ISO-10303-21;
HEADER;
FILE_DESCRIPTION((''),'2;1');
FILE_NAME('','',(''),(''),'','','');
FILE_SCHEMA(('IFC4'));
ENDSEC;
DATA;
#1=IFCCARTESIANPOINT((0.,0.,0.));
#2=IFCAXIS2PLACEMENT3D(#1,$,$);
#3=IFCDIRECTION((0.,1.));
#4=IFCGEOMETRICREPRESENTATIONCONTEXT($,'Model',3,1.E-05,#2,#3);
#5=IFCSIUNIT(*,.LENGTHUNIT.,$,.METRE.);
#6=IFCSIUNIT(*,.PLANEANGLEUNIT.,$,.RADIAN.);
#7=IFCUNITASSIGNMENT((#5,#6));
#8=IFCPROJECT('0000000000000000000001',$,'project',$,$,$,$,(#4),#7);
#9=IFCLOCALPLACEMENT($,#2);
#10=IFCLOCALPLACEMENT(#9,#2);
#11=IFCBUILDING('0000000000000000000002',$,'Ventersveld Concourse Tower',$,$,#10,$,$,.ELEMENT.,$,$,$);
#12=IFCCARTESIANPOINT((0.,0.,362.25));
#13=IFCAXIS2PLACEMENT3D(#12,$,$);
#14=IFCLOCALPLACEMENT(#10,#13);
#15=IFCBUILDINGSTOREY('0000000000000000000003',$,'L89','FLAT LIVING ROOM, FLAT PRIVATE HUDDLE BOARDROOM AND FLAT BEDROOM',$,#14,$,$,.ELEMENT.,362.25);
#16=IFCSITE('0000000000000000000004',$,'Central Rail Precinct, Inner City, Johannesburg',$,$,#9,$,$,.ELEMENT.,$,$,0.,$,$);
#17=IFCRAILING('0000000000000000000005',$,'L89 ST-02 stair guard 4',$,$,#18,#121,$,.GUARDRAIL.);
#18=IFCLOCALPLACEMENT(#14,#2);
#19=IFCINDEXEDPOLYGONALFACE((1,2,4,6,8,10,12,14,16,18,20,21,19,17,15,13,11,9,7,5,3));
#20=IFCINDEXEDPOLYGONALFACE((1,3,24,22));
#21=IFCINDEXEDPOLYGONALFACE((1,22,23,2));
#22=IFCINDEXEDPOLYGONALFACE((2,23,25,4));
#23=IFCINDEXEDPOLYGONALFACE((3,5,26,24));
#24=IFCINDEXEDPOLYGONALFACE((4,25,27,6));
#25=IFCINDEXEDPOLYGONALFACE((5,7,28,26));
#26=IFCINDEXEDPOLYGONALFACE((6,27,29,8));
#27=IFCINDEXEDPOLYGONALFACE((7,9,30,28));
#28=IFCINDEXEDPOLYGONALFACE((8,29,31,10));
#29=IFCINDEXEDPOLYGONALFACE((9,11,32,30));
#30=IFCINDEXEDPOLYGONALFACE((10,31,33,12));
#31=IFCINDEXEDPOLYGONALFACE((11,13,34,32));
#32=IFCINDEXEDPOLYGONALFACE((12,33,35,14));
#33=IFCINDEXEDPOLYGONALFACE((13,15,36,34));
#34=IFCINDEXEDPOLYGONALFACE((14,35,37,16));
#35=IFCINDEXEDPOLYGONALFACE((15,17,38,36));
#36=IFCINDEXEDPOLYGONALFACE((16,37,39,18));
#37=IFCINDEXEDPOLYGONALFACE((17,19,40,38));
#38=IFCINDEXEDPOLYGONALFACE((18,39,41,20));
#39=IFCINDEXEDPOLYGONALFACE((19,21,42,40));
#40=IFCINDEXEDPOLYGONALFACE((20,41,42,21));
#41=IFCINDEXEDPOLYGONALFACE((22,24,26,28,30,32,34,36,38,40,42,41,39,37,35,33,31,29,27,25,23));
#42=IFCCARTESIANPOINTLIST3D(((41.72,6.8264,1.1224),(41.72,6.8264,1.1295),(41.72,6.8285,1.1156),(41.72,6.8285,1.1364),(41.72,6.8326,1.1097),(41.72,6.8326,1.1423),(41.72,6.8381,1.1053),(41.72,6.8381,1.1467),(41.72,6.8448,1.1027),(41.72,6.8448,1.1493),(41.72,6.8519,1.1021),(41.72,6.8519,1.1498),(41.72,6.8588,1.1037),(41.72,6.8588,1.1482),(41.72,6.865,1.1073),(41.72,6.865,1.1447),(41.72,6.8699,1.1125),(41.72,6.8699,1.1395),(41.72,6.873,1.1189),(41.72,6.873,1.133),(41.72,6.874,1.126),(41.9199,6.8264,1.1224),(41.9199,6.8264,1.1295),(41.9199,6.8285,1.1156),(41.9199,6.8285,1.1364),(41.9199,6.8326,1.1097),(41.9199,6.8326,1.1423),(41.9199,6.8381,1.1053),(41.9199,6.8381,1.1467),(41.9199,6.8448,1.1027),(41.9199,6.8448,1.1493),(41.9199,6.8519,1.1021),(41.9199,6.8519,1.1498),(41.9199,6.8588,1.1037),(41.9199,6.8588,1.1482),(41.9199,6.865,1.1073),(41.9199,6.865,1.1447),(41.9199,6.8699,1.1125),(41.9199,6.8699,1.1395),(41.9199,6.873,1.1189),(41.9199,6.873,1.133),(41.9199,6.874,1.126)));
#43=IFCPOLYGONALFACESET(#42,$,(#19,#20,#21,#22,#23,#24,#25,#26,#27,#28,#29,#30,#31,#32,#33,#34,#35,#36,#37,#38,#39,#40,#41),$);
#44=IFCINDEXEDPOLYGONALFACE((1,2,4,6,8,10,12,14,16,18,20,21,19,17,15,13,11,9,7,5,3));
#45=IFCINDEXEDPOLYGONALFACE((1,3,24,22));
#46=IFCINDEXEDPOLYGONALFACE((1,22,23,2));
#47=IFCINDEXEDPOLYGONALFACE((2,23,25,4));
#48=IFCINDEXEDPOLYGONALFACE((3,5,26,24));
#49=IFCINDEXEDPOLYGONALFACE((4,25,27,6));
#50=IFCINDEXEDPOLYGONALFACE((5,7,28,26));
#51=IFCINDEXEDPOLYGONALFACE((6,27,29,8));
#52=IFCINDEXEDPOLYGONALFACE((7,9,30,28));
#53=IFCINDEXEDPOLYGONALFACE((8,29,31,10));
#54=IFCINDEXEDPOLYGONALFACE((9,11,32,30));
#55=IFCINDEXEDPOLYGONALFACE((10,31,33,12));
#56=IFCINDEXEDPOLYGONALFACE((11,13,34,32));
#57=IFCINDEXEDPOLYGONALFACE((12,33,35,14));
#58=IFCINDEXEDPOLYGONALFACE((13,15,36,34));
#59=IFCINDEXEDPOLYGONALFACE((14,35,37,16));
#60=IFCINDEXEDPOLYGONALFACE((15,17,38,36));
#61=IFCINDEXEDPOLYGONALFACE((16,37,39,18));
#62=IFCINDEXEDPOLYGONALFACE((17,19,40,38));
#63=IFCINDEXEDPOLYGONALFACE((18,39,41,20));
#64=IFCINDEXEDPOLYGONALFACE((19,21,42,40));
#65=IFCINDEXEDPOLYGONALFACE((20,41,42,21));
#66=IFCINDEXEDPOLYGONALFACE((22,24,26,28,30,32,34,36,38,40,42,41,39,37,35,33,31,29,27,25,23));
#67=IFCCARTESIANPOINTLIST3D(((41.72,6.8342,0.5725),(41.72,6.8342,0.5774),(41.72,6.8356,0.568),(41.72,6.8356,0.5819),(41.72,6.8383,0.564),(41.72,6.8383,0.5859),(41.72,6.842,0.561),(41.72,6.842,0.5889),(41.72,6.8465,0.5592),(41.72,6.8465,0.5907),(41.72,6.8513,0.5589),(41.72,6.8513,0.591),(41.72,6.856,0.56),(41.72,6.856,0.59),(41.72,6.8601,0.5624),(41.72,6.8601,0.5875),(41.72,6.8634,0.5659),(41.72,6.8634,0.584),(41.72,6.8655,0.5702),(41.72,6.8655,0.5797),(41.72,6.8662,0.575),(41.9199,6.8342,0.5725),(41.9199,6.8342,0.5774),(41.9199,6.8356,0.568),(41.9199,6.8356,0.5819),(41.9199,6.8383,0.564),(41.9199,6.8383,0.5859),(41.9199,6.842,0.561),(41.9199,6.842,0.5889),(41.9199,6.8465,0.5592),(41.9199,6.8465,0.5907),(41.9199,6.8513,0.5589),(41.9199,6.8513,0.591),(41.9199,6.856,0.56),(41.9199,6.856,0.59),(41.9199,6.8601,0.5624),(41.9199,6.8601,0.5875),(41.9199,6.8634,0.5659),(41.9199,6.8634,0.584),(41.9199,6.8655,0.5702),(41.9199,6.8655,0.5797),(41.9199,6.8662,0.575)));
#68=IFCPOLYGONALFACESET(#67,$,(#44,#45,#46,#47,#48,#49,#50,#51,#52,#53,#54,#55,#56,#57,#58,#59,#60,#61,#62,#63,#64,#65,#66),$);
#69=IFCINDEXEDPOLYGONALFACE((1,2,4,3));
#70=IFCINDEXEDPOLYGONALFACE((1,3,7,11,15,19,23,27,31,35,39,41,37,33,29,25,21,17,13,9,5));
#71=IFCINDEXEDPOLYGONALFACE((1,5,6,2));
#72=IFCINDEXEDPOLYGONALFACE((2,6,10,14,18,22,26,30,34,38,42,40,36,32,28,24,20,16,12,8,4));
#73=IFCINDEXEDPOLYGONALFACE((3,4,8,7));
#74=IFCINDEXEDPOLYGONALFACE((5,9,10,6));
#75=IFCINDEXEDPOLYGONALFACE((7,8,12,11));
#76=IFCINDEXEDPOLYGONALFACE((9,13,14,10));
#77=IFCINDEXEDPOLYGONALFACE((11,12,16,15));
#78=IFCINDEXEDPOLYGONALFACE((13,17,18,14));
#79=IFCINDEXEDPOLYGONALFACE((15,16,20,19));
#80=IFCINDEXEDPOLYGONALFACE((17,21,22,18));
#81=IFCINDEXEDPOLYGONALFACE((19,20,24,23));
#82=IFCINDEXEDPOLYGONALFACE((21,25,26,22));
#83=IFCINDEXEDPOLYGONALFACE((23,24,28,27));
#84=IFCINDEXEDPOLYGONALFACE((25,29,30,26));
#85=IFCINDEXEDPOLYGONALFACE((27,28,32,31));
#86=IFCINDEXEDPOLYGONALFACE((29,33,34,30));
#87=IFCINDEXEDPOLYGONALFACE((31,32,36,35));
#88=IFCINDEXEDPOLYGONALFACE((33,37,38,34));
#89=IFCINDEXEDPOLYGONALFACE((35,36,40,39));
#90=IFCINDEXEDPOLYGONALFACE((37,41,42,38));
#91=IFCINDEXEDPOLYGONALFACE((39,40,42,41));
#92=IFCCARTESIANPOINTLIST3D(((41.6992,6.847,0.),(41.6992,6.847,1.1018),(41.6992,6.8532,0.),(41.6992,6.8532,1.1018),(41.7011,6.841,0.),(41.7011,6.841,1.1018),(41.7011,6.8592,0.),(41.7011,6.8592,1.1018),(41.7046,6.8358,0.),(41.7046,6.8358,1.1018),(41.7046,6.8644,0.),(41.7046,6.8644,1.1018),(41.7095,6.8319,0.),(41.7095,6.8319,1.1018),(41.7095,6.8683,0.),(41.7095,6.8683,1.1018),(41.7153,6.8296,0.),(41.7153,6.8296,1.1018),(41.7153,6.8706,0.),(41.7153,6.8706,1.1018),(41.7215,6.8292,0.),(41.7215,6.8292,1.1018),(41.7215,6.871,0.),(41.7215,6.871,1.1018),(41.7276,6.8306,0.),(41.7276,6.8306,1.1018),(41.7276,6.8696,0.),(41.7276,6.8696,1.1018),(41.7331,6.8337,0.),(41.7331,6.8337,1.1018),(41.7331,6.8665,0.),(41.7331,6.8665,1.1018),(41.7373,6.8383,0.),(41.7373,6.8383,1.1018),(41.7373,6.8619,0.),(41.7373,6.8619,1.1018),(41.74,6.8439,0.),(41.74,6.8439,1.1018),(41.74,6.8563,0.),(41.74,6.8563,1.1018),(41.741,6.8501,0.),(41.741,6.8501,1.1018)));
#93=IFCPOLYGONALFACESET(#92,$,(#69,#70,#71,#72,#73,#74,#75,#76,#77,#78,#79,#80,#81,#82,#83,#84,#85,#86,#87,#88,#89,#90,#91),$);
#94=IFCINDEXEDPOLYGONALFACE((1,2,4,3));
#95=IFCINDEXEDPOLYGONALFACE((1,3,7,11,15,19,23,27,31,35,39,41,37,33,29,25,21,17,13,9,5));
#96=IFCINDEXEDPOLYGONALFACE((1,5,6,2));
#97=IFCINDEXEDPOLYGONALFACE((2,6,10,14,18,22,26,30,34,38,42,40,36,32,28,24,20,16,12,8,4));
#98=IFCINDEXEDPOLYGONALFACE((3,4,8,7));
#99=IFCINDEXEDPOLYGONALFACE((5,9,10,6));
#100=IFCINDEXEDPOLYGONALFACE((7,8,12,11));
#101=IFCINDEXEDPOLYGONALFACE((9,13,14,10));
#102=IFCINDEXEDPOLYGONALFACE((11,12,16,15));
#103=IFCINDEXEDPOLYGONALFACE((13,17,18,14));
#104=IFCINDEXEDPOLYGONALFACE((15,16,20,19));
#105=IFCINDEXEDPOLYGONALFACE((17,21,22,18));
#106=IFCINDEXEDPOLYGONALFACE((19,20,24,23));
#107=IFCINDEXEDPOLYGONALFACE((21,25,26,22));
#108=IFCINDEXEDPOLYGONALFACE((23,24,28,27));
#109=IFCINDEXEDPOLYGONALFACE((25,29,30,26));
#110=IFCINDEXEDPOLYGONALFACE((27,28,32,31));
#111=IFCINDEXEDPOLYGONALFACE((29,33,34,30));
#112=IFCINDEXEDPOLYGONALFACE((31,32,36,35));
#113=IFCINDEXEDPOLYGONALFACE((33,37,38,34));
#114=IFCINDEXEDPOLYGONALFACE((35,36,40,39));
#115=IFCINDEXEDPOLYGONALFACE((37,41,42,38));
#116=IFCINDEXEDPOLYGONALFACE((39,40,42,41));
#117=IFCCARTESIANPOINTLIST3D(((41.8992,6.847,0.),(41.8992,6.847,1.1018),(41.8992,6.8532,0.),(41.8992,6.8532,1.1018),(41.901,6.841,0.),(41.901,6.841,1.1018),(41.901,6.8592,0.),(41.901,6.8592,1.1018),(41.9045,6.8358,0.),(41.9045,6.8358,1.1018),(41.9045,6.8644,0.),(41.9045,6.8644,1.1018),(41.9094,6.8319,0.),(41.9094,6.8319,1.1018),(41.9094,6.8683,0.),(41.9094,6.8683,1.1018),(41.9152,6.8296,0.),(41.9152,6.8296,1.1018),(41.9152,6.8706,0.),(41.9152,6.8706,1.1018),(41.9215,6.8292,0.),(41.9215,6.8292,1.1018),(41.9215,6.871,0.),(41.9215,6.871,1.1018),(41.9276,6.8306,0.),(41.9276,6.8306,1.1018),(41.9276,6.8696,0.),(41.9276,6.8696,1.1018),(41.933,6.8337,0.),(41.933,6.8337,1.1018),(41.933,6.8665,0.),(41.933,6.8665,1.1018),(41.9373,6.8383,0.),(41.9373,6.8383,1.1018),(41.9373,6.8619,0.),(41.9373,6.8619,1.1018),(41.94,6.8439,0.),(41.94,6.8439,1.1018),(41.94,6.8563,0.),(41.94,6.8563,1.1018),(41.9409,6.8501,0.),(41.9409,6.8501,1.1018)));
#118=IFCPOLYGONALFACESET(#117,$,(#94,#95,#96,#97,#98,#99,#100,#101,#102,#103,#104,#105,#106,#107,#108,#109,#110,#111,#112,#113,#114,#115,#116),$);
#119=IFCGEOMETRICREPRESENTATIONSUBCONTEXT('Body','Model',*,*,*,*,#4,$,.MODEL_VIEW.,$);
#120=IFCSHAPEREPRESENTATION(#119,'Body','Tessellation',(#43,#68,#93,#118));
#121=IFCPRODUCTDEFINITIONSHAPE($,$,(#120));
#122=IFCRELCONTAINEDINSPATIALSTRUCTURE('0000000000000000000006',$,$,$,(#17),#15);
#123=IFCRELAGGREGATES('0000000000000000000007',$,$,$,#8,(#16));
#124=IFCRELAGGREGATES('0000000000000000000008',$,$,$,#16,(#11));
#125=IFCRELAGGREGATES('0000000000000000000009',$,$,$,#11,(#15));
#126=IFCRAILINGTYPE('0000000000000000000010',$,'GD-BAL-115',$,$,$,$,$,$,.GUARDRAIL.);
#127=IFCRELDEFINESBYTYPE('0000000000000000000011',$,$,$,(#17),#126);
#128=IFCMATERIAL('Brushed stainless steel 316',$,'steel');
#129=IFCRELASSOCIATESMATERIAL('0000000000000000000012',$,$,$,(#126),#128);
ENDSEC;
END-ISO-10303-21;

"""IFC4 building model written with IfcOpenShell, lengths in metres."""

from ifc_helpers import new_model, si_unit, direction, frame, origin, origin_2d, place, context, subcontext, project, spatial, circle, extrude, material, type_object, element, save


model = new_model("IFC4")

# Units and contexts
model_context = context("Model", 3, precision=1e-05, world=origin(), true_north=direction((0.0, 1.0)))
body_context = subcontext(model_context, "Body", "Model", "MODEL_VIEW")
ifc_project = project(units=[si_unit("LENGTHUNIT", "METRE"), si_unit("PLANEANGLEUNIT", "RADIAN")], contexts=[model_context])

# Site, building, storey
site_placement = place(None, origin())
site = spatial("IfcSite", under=ifc_project, at=site_placement, Name="Central Rail Precinct, Inner City, Johannesburg", CompositionType="ELEMENT", RefElevation=0.0)
building_placement = place(site_placement, origin())
building = spatial("IfcBuilding", under=site, at=building_placement, Name="Ventersveld Concourse Tower", CompositionType="ELEMENT")
storey_placement = place(building_placement, frame((0.0, 0.0, 362.25)))
storey = spatial("IfcBuildingStorey", under=building, at=storey_placement, Name="L89", Description="FLAT LIVING ROOM, FLAT PRIVATE HUDDLE BOARDROOM AND FLAT BEDROOM", CompositionType="ELEMENT", Elevation=362.25)

# Shared definitions
ifc_material_1 = material(Name="Brushed stainless steel 316", Category="steel")

# Railing
railing_type_1 = type_object("IfcRailingType", Name="GD-BAL-115", PredefinedType="GUARDRAIL", material=ifc_material_1)
railing_1_placement = place(storey_placement, frame((41.72, 6.8501, 0.0)))
element("IfcRailing", 1, at=railing_1_placement, inside=storey, type_object=railing_type_1, Name="L89 ST-02 stair guard 4", PredefinedType="GUARDRAIL", context=body_context, shape_type="SweptSolid", body=[
    extrude(circle(Radius=0.0239, at=origin_2d()), frame((0.0, 0.0, 1.126), z_axis=(1.0, 0.0, 0.0), x_axis=(0.0, 1.0, 0.0)), (0.0, 0.0, 1.0), 0.2),
    extrude(circle(Radius=0.0161, at=origin_2d()), frame((0.0, 0.0, 0.575), z_axis=(1.0, 0.0, 0.0), x_axis=(0.0, 1.0, 0.0)), (0.0, 0.0, 1.0), 0.2),
    extrude(circle(Radius=0.021, at=origin_2d()), origin(), (0.0, 0.0, 1.0), 1.1018),
    extrude(circle(Radius=0.021, at=origin_2d()), frame((0.2, 0.0, 0.0)), (0.0, 0.0, 1.0), 1.1018),
])

save(model, "model.ifc")
